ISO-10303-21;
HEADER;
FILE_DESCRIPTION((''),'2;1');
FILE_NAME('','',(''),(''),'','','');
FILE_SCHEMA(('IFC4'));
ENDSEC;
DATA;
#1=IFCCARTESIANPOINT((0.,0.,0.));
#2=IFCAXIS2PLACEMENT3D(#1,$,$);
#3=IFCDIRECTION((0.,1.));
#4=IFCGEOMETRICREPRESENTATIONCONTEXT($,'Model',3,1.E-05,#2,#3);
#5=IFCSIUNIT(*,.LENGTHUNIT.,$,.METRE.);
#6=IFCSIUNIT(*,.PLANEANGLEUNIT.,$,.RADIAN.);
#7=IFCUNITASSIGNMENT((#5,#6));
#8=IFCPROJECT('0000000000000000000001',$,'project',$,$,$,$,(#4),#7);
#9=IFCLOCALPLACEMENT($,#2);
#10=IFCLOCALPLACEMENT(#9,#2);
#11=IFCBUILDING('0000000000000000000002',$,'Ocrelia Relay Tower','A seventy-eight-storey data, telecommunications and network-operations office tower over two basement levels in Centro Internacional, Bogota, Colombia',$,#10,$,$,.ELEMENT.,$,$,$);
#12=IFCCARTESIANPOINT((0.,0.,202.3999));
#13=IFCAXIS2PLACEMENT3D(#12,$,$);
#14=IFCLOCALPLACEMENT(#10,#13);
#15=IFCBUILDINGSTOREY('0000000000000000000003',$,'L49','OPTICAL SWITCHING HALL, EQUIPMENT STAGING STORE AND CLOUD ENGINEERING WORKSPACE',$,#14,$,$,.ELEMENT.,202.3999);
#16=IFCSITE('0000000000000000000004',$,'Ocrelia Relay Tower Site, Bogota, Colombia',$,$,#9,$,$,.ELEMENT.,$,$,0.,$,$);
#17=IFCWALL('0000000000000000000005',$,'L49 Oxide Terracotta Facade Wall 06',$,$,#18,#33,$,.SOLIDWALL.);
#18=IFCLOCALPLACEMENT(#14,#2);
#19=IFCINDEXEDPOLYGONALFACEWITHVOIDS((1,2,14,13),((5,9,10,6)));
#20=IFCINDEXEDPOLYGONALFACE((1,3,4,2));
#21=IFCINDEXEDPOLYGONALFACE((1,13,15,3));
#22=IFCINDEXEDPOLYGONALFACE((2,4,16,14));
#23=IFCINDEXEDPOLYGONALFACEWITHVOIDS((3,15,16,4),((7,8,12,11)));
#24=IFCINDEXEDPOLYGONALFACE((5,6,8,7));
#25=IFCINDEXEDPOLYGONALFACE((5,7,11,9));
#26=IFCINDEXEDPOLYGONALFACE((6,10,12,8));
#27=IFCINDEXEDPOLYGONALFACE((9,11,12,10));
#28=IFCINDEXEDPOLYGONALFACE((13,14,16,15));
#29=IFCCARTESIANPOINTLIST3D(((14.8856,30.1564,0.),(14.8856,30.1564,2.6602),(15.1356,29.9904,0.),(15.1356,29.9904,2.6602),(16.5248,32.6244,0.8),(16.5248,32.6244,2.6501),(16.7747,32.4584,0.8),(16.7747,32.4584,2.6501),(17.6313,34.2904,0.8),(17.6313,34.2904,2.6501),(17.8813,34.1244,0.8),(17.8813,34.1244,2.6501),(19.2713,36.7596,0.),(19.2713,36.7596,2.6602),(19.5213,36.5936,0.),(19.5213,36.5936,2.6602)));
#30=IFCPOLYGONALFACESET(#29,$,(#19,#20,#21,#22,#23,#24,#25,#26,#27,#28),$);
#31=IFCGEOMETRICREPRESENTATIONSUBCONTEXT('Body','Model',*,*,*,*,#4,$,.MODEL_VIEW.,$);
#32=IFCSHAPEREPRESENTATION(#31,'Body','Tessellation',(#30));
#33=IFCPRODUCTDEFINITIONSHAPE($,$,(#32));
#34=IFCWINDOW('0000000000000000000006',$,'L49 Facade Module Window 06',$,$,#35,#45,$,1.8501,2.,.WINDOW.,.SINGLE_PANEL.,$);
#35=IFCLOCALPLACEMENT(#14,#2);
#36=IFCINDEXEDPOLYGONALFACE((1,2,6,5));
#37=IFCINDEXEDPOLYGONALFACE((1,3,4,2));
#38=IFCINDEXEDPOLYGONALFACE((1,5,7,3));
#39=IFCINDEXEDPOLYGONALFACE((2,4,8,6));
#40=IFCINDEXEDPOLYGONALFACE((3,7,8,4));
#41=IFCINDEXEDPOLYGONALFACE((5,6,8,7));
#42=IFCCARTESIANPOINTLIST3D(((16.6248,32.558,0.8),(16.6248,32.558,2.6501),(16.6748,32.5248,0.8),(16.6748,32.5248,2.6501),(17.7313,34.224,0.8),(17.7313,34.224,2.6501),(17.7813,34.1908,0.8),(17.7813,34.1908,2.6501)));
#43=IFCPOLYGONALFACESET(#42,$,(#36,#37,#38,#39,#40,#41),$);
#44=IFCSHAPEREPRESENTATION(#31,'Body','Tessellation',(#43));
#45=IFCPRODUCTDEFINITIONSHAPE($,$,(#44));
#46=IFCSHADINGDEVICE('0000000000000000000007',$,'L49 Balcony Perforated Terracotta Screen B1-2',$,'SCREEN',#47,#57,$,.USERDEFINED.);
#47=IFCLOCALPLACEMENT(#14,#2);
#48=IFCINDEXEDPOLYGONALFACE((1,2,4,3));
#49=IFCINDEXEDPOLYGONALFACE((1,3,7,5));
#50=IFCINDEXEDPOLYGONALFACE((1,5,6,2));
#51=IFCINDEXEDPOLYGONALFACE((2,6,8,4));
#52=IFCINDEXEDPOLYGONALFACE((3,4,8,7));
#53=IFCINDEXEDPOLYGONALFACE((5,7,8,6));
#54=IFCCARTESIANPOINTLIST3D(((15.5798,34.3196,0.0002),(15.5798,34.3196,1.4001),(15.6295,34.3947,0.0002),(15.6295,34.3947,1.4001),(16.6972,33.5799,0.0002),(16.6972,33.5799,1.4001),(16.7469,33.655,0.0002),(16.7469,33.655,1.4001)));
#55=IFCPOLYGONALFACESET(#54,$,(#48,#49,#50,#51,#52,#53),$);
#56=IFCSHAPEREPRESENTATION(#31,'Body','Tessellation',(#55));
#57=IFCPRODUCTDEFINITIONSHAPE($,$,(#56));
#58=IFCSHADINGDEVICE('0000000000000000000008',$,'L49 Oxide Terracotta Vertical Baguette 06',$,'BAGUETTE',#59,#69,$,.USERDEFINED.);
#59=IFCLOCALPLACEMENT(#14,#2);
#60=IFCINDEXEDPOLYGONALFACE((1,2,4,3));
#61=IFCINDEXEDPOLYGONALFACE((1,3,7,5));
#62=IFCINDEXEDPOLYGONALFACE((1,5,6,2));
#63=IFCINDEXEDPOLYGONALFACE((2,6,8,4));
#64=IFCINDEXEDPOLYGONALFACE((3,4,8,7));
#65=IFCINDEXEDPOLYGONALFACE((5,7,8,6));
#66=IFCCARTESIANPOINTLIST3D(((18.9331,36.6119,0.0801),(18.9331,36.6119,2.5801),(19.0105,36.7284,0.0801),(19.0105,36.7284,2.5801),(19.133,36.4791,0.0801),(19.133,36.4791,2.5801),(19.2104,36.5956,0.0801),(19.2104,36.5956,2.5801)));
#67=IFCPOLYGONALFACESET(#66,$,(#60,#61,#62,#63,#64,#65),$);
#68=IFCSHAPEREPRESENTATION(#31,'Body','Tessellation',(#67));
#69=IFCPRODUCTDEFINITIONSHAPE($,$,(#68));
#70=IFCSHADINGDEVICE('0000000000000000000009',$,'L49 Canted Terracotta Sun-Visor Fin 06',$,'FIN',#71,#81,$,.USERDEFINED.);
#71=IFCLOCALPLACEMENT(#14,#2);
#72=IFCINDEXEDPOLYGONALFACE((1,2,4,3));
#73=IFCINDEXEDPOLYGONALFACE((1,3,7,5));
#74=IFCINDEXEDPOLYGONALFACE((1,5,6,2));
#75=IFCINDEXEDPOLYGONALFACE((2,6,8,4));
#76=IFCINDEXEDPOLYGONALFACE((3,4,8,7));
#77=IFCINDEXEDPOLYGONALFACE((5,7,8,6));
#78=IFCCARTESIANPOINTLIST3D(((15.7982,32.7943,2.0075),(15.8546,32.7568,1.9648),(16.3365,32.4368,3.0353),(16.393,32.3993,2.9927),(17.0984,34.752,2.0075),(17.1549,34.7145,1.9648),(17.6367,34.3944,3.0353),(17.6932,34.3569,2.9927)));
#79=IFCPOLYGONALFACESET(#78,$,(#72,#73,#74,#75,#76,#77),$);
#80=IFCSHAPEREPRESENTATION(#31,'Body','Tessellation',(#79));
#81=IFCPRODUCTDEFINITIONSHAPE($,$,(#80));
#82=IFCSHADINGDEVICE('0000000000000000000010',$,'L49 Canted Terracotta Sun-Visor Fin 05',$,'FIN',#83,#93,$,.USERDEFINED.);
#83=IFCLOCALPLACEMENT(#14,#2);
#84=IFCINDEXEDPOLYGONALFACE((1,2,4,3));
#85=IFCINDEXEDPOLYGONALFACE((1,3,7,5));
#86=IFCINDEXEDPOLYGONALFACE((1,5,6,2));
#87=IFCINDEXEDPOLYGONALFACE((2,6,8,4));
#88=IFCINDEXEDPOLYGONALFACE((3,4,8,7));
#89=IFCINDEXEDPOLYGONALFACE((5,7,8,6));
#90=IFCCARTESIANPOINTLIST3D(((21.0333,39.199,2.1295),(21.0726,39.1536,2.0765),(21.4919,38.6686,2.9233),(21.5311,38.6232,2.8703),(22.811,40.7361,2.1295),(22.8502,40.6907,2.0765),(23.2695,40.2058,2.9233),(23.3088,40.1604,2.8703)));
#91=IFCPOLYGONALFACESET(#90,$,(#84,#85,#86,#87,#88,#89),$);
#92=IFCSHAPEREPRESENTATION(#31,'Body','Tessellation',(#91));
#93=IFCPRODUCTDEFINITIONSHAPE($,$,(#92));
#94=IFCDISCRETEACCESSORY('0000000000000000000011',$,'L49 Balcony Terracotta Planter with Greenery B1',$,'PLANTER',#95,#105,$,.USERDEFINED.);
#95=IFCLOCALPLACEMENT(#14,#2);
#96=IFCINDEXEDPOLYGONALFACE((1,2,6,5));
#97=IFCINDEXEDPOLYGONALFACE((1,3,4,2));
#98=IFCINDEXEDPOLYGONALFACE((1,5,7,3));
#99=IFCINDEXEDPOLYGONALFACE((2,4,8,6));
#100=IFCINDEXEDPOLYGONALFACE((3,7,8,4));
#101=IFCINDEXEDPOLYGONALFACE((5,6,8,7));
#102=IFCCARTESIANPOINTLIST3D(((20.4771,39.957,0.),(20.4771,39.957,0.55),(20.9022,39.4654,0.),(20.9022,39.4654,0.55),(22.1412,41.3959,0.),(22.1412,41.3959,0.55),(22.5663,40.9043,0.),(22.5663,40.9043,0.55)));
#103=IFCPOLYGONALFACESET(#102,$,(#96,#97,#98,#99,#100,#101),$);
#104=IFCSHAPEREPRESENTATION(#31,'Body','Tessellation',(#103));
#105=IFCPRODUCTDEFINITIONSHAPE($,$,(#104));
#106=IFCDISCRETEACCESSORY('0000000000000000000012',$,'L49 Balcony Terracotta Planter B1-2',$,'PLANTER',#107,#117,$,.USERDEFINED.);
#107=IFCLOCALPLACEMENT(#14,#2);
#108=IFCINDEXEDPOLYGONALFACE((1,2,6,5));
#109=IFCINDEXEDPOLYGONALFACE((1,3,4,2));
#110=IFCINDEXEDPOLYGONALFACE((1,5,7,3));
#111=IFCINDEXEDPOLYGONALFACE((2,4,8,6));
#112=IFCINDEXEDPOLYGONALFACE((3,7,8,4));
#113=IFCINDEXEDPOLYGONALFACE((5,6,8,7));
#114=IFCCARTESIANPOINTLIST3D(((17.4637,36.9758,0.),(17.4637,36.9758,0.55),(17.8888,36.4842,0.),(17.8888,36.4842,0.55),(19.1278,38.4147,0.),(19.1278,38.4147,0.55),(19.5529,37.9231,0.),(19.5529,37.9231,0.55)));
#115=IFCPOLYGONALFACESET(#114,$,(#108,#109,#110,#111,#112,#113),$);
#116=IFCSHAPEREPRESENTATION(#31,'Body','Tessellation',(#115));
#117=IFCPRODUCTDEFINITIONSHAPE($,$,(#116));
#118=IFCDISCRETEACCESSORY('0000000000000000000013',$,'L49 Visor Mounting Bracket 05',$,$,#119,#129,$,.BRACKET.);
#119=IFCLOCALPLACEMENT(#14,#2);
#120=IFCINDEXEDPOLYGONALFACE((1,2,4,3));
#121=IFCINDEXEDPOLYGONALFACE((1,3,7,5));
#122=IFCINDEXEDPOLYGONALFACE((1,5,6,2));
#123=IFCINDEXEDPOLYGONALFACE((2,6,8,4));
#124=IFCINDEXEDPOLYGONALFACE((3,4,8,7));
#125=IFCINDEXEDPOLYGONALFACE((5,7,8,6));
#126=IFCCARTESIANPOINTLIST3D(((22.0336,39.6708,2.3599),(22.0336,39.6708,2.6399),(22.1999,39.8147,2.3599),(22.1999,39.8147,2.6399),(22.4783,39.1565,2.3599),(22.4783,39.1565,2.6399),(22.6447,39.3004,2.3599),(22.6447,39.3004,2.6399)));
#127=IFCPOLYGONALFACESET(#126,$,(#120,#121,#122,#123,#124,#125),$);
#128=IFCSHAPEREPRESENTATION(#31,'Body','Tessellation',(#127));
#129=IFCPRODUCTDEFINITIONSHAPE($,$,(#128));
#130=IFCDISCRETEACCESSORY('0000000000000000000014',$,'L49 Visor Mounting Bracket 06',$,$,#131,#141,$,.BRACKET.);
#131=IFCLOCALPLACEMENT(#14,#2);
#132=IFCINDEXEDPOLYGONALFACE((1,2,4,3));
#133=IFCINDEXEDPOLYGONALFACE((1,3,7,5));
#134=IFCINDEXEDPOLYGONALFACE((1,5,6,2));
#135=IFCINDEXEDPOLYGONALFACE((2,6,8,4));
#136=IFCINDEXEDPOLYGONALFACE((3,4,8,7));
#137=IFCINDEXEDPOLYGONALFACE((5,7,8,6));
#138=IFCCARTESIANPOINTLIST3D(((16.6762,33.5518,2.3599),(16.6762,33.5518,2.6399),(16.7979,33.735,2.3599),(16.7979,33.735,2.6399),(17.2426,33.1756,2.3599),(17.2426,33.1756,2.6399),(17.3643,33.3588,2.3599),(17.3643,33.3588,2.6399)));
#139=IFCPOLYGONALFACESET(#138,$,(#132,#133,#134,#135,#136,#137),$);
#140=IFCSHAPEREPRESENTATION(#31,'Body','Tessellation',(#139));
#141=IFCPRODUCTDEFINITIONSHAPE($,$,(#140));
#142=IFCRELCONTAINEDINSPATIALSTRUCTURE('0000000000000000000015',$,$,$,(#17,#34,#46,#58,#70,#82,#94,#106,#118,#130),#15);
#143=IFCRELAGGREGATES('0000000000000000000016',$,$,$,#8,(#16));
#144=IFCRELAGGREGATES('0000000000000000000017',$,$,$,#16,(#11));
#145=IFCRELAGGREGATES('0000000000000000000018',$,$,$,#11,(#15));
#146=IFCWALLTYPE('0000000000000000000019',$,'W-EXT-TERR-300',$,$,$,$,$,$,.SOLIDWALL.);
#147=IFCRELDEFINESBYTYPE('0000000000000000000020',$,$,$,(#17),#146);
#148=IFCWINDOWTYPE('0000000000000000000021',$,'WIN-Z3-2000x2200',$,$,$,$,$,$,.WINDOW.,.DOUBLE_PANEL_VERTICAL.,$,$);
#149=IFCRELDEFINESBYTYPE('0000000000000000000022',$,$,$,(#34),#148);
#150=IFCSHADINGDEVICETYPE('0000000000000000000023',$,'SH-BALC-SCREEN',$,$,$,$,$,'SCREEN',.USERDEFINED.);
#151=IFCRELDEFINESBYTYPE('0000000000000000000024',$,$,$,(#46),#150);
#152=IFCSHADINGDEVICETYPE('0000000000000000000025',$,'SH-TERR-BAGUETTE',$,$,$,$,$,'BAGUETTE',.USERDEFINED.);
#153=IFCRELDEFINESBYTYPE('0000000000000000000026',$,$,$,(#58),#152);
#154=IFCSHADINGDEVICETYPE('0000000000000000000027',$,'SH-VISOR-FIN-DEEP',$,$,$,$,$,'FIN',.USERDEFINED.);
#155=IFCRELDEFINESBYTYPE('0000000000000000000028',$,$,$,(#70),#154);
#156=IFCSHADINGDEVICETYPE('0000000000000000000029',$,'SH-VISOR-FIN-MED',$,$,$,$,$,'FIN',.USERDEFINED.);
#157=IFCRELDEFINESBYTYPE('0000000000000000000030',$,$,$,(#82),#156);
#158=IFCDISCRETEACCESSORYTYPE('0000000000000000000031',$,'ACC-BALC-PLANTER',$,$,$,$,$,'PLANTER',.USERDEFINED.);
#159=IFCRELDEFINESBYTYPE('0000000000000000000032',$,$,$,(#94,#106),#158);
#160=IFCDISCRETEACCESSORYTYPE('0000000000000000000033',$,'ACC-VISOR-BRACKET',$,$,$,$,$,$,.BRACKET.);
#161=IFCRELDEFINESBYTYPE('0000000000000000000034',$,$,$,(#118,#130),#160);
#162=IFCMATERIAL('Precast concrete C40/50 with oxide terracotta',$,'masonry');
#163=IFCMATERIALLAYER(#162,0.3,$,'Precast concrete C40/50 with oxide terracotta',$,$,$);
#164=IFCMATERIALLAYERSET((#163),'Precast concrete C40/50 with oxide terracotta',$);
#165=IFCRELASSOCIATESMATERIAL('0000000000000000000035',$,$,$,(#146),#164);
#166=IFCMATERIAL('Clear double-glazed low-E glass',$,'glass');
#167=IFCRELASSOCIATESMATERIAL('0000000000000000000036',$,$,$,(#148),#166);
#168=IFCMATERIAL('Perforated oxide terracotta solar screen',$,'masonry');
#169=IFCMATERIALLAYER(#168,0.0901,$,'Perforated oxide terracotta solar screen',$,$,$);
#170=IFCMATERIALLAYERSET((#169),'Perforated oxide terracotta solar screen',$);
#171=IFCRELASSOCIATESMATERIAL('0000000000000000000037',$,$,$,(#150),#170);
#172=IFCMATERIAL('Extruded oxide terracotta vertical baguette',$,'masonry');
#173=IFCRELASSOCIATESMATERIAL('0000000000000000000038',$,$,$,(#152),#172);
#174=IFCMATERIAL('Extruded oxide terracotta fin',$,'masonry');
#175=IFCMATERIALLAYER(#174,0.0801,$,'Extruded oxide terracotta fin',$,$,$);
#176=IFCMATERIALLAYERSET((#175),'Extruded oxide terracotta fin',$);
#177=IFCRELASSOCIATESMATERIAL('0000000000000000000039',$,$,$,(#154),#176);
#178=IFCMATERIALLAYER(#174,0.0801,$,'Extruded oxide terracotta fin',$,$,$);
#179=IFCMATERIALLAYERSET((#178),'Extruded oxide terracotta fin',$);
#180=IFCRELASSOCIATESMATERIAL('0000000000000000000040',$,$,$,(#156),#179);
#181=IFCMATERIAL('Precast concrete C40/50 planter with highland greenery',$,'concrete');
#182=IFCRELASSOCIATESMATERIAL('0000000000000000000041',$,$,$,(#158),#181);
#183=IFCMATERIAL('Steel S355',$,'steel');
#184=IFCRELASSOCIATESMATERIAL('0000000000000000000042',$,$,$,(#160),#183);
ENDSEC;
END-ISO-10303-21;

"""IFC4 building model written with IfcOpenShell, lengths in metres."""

from ifc_helpers import new_model, si_unit, direction, frame, frame_2d, origin, origin_2d, place, context, subcontext, project, spatial, rectangle, extrude, material, layer, layer_set, type_object, element, fill, save


model = new_model("IFC4")

# Units and contexts
model_context = context("Model", 3, precision=1e-05, world=origin(), true_north=direction((0.0, 1.0)))
body_context = subcontext(model_context, "Body", "Model", "MODEL_VIEW")
ifc_project = project(units=[si_unit("LENGTHUNIT", "METRE"), si_unit("PLANEANGLEUNIT", "RADIAN")], contexts=[model_context])

# Site, building, storey
site_placement = place(None, origin())
site = spatial("IfcSite", under=ifc_project, at=site_placement, Name="Ocrelia Relay Tower Site, Bogota, Colombia", CompositionType="ELEMENT", RefElevation=0.0)
building_placement = place(site_placement, origin())
building = spatial("IfcBuilding", under=site, at=building_placement, Name="Ocrelia Relay Tower", Description="A seventy-eight-storey data, telecommunications and network-operations office tower over two basement levels in Centro Internacional, Bogota, Colombia", CompositionType="ELEMENT")
storey_placement = place(building_placement, frame((0.0, 0.0, 202.3999)))
storey = spatial("IfcBuildingStorey", under=building, at=storey_placement, Name="L49", Description="OPTICAL SWITCHING HALL, EQUIPMENT STAGING STORE AND CLOUD ENGINEERING WORKSPACE", CompositionType="ELEMENT", Elevation=202.3999)

# Shared definitions
ifc_material_1 = material(Name="Steel S355", Category="steel")

# Wall, opening, window
ifc_material_2 = material(Name="Precast concrete C40/50 with oxide terracotta", Category="masonry")
ifc_layer_1 = layer(ifc_material_2, 0.3, Name="Precast concrete C40/50 with oxide terracotta")
ifc_layer_set_1 = layer_set([ifc_layer_1], Name="Precast concrete C40/50 with oxide terracotta")
wall_type_1 = type_object("IfcWallType", Name="W-EXT-TERR-300", PredefinedType="SOLIDWALL", material=ifc_layer_set_1)
wall_1_placement = place(storey_placement, frame((19.3962, 36.6765, 0.0), z_axis=(0.0, 0.0, 1.0), x_axis=(-0.553264, -0.833006, 0.0)))
wall_1 = element("IfcWall", 1, at=wall_1_placement, inside=storey, type_object=wall_type_1, Name="L49 Oxide Terracotta Facade Wall 06", PredefinedType="SOLIDWALL", context=body_context, shape_type="SweptSolid", body=[
    extrude(rectangle(XDim=7.927, YDim=0.3, at=frame_2d((3.9634, 0.0))), origin(), (0.0, 0.0, 1.0), 2.6602),
])
opening_placement = place(wall_1_placement, frame((2.9641, 0.0, 0.8)))
opening = element("IfcOpeningElement", 2, at=opening_placement, cuts=wall_1, PredefinedType="OPENING", context=body_context, shape_type="SweptSolid", body=[
    extrude(rectangle(XDim=2.0, YDim=1.8501, at=frame_2d((1.0, 0.925))), frame((0.0, 0.1602, 0.0), z_axis=(0.0, -1.0, 0.0), x_axis=(1.0, 0.0, 0.0)), (0.0, 0.0, 1.0), 0.3201),
])
ifc_material_3 = material(Name="Clear double-glazed low-E glass", Category="glass")
window_type = type_object("IfcWindowType", Name="WIN-Z3-2000x2200", PartitioningType="DOUBLE_PANEL_VERTICAL", PredefinedType="WINDOW", material=ifc_material_3)
window_placement = place(opening_placement, origin())
window = element("IfcWindow", 3, at=window_placement, inside=storey, type_object=window_type, Name="L49 Facade Module Window 06", OverallHeight=1.8501, OverallWidth=2.0, PartitioningType="SINGLE_PANEL", PredefinedType="WINDOW", context=body_context, shape_type="SweptSolid", body=[
    extrude(rectangle(XDim=2.0, YDim=1.8501, at=frame_2d((1.0, 0.925))), frame((0.0, 0.03, 0.0), z_axis=(0.0, -1.0, 0.0), x_axis=(1.0, 0.0, 0.0)), (0.0, 0.0, 1.0), 0.0601),
])
fill(opening, window)

# Shading devices
ifc_material_4 = material(Name="Perforated oxide terracotta solar screen", Category="masonry")
ifc_layer_2 = layer(ifc_material_4, 0.0901, Name="Perforated oxide terracotta solar screen")
ifc_layer_set_2 = layer_set([ifc_layer_2], Name="Perforated oxide terracotta solar screen")
shading_device_type_1 = type_object("IfcShadingDeviceType", Name="SH-BALC-SCREEN", ElementType="SCREEN", PredefinedType="USERDEFINED", material=ifc_layer_set_2)
shading_device_1_placement = place(storey_placement, frame((16.1633, 33.9873, 0.0002), z_axis=(0.0, 0.0, 1.0), x_axis=(-0.833835, 0.552014, 0.0)))
element("IfcShadingDevice", 4, at=shading_device_1_placement, inside=storey, type_object=shading_device_type_1, Name="L49 Balcony Perforated Terracotta Screen B1-2", ObjectType="SCREEN", PredefinedType="USERDEFINED", context=body_context, shape_type="SweptSolid", body=[
    extrude(rectangle(XDim=1.3401, YDim=0.0901, at=origin_2d()), origin(), (0.0, 0.0, 1.0), 1.3999),
])
ifc_material_5 = material(Name="Extruded oxide terracotta vertical baguette", Category="masonry")
shading_device_type_2 = type_object("IfcShadingDeviceType", Name="SH-TERR-BAGUETTE", ElementType="BAGUETTE", PredefinedType="USERDEFINED", material=ifc_material_5)
shading_device_2_placement = place(storey_placement, frame((19.0718, 36.6038, 0.0801), z_axis=(0.0, 0.0, 1.0), x_axis=(-0.553267, -0.833004, 0.0)))
element("IfcShadingDevice", 5, at=shading_device_2_placement, inside=storey, type_object=shading_device_type_2, Name="L49 Oxide Terracotta Vertical Baguette 06", ObjectType="BAGUETTE", PredefinedType="USERDEFINED", context=body_context, shape_type="SweptSolid", body=[
    extrude(rectangle(XDim=0.1399, YDim=0.24, at=origin_2d()), origin(), (0.0, 0.0, 1.0), 2.5),
])
ifc_material_6 = material(Name="Extruded oxide terracotta fin", Category="masonry")
ifc_layer_3 = layer(ifc_material_6, 0.0801, Name="Extruded oxide terracotta fin")
ifc_layer_set_3 = layer_set([ifc_layer_3], Name="Extruded oxide terracotta fin")
shading_device_type_3 = type_object("IfcShadingDeviceType", Name="SH-VISOR-FIN-DEEP", ElementType="FIN", PredefinedType="USERDEFINED", material=ifc_layer_set_3)
shading_device_3_placement = place(storey_placement, frame((16.7739, 33.5569, 2.4788), z_axis=(-0.705192, 0.468377, 0.532285), x_axis=(-0.553267, -0.833004, 0.0)))
element("IfcShadingDevice", 6, at=shading_device_3_placement, inside=storey, type_object=shading_device_type_3, Name="L49 Canted Terracotta Sun-Visor Fin 06", ObjectType="FIN", PredefinedType="USERDEFINED", context=body_context, shape_type="SweptSolid", body=[
    extrude(rectangle(XDim=2.3501, YDim=1.2141, at=origin_2d()), origin(), (0.0, 0.0, 1.0), 0.0801),
])
ifc_layer_4 = layer(ifc_material_6, 0.0801, Name="Extruded oxide terracotta fin")
ifc_layer_set_4 = layer_set([ifc_layer_4], Name="Extruded oxide terracotta fin")
shading_device_type_4 = type_object("IfcShadingDeviceType", Name="SH-VISOR-FIN-MED", ElementType="FIN", PredefinedType="USERDEFINED", material=ifc_layer_set_4)
shading_device_4_placement = place(storey_placement, frame((22.1907, 39.657, 2.4734), z_axis=(-0.490257, 0.566965, 0.661966), x_axis=(-0.756423, -0.654083, 0.0)))
element("IfcShadingDevice", 7, at=shading_device_4_placement, inside=storey, type_object=shading_device_type_4, Name="L49 Canted Terracotta Sun-Visor Fin 05", ObjectType="FIN", PredefinedType="USERDEFINED", context=body_context, shape_type="SweptSolid", body=[
    extrude(rectangle(XDim=2.3501, YDim=1.0591, at=origin_2d()), origin(), (0.0, 0.0, 1.0), 0.0801),
])

# Discrete accessories
ifc_material_7 = material(Name="Precast concrete C40/50 planter with highland greenery", Category="concrete")
discrete_accessory_type_1 = type_object("IfcDiscreteAccessoryType", Name="ACC-BALC-PLANTER", ElementType="PLANTER", PredefinedType="USERDEFINED", material=ifc_material_7)
for number, where, z_axis, x_axis, name in (
    (8, (21.5217, 40.4307, 0.0), (0.0, 0.0, 1.0), (0.756425, 0.654081, 0.0), "L49 Balcony Terracotta Planter with Greenery B1"),
    (9, (18.5083, 37.4495, 0.0), (0.0, 0.0, 1.0), (0.756425, 0.654081, 0.0), "L49 Balcony Terracotta Planter B1-2"),
):
    element("IfcDiscreteAccessory", number, at=place(storey_placement, frame(where, z_axis=z_axis, x_axis=x_axis)), inside=storey, type_object=discrete_accessory_type_1, Name=name, ObjectType="PLANTER", PredefinedType="USERDEFINED", context=body_context, shape_type="SweptSolid", body=[
        extrude(rectangle(XDim=2.2, YDim=0.6499, at=origin_2d()), origin(), (0.0, 0.0, 1.0), 0.55),
    ])
discrete_accessory_type_2 = type_object("IfcDiscreteAccessoryType", Name="ACC-VISOR-BRACKET", PredefinedType="BRACKET", material=ifc_material_1)
for number, where, z_axis, x_axis, name in (
    (10, (22.3391, 39.4856, 2.3599), (0.0, 0.0, 1.0), (-0.756423, -0.654083, 0.0), "L49 Visor Mounting Bracket 05"),
    (11, (17.0203, 33.4553, 2.3599), (0.0, 0.0, 1.0), (-0.553267, -0.833004, 0.0), "L49 Visor Mounting Bracket 06"),
):
    element("IfcDiscreteAccessory", number, at=place(storey_placement, frame(where, z_axis=z_axis, x_axis=x_axis)), inside=storey, type_object=discrete_accessory_type_2, Name=name, PredefinedType="BRACKET", context=body_context, shape_type="SweptSolid", body=[
        extrude(rectangle(XDim=0.22, YDim=0.6799, at=origin_2d()), origin(), (0.0, 0.0, 1.0), 0.28),
    ])

save(model, "model.ifc")
